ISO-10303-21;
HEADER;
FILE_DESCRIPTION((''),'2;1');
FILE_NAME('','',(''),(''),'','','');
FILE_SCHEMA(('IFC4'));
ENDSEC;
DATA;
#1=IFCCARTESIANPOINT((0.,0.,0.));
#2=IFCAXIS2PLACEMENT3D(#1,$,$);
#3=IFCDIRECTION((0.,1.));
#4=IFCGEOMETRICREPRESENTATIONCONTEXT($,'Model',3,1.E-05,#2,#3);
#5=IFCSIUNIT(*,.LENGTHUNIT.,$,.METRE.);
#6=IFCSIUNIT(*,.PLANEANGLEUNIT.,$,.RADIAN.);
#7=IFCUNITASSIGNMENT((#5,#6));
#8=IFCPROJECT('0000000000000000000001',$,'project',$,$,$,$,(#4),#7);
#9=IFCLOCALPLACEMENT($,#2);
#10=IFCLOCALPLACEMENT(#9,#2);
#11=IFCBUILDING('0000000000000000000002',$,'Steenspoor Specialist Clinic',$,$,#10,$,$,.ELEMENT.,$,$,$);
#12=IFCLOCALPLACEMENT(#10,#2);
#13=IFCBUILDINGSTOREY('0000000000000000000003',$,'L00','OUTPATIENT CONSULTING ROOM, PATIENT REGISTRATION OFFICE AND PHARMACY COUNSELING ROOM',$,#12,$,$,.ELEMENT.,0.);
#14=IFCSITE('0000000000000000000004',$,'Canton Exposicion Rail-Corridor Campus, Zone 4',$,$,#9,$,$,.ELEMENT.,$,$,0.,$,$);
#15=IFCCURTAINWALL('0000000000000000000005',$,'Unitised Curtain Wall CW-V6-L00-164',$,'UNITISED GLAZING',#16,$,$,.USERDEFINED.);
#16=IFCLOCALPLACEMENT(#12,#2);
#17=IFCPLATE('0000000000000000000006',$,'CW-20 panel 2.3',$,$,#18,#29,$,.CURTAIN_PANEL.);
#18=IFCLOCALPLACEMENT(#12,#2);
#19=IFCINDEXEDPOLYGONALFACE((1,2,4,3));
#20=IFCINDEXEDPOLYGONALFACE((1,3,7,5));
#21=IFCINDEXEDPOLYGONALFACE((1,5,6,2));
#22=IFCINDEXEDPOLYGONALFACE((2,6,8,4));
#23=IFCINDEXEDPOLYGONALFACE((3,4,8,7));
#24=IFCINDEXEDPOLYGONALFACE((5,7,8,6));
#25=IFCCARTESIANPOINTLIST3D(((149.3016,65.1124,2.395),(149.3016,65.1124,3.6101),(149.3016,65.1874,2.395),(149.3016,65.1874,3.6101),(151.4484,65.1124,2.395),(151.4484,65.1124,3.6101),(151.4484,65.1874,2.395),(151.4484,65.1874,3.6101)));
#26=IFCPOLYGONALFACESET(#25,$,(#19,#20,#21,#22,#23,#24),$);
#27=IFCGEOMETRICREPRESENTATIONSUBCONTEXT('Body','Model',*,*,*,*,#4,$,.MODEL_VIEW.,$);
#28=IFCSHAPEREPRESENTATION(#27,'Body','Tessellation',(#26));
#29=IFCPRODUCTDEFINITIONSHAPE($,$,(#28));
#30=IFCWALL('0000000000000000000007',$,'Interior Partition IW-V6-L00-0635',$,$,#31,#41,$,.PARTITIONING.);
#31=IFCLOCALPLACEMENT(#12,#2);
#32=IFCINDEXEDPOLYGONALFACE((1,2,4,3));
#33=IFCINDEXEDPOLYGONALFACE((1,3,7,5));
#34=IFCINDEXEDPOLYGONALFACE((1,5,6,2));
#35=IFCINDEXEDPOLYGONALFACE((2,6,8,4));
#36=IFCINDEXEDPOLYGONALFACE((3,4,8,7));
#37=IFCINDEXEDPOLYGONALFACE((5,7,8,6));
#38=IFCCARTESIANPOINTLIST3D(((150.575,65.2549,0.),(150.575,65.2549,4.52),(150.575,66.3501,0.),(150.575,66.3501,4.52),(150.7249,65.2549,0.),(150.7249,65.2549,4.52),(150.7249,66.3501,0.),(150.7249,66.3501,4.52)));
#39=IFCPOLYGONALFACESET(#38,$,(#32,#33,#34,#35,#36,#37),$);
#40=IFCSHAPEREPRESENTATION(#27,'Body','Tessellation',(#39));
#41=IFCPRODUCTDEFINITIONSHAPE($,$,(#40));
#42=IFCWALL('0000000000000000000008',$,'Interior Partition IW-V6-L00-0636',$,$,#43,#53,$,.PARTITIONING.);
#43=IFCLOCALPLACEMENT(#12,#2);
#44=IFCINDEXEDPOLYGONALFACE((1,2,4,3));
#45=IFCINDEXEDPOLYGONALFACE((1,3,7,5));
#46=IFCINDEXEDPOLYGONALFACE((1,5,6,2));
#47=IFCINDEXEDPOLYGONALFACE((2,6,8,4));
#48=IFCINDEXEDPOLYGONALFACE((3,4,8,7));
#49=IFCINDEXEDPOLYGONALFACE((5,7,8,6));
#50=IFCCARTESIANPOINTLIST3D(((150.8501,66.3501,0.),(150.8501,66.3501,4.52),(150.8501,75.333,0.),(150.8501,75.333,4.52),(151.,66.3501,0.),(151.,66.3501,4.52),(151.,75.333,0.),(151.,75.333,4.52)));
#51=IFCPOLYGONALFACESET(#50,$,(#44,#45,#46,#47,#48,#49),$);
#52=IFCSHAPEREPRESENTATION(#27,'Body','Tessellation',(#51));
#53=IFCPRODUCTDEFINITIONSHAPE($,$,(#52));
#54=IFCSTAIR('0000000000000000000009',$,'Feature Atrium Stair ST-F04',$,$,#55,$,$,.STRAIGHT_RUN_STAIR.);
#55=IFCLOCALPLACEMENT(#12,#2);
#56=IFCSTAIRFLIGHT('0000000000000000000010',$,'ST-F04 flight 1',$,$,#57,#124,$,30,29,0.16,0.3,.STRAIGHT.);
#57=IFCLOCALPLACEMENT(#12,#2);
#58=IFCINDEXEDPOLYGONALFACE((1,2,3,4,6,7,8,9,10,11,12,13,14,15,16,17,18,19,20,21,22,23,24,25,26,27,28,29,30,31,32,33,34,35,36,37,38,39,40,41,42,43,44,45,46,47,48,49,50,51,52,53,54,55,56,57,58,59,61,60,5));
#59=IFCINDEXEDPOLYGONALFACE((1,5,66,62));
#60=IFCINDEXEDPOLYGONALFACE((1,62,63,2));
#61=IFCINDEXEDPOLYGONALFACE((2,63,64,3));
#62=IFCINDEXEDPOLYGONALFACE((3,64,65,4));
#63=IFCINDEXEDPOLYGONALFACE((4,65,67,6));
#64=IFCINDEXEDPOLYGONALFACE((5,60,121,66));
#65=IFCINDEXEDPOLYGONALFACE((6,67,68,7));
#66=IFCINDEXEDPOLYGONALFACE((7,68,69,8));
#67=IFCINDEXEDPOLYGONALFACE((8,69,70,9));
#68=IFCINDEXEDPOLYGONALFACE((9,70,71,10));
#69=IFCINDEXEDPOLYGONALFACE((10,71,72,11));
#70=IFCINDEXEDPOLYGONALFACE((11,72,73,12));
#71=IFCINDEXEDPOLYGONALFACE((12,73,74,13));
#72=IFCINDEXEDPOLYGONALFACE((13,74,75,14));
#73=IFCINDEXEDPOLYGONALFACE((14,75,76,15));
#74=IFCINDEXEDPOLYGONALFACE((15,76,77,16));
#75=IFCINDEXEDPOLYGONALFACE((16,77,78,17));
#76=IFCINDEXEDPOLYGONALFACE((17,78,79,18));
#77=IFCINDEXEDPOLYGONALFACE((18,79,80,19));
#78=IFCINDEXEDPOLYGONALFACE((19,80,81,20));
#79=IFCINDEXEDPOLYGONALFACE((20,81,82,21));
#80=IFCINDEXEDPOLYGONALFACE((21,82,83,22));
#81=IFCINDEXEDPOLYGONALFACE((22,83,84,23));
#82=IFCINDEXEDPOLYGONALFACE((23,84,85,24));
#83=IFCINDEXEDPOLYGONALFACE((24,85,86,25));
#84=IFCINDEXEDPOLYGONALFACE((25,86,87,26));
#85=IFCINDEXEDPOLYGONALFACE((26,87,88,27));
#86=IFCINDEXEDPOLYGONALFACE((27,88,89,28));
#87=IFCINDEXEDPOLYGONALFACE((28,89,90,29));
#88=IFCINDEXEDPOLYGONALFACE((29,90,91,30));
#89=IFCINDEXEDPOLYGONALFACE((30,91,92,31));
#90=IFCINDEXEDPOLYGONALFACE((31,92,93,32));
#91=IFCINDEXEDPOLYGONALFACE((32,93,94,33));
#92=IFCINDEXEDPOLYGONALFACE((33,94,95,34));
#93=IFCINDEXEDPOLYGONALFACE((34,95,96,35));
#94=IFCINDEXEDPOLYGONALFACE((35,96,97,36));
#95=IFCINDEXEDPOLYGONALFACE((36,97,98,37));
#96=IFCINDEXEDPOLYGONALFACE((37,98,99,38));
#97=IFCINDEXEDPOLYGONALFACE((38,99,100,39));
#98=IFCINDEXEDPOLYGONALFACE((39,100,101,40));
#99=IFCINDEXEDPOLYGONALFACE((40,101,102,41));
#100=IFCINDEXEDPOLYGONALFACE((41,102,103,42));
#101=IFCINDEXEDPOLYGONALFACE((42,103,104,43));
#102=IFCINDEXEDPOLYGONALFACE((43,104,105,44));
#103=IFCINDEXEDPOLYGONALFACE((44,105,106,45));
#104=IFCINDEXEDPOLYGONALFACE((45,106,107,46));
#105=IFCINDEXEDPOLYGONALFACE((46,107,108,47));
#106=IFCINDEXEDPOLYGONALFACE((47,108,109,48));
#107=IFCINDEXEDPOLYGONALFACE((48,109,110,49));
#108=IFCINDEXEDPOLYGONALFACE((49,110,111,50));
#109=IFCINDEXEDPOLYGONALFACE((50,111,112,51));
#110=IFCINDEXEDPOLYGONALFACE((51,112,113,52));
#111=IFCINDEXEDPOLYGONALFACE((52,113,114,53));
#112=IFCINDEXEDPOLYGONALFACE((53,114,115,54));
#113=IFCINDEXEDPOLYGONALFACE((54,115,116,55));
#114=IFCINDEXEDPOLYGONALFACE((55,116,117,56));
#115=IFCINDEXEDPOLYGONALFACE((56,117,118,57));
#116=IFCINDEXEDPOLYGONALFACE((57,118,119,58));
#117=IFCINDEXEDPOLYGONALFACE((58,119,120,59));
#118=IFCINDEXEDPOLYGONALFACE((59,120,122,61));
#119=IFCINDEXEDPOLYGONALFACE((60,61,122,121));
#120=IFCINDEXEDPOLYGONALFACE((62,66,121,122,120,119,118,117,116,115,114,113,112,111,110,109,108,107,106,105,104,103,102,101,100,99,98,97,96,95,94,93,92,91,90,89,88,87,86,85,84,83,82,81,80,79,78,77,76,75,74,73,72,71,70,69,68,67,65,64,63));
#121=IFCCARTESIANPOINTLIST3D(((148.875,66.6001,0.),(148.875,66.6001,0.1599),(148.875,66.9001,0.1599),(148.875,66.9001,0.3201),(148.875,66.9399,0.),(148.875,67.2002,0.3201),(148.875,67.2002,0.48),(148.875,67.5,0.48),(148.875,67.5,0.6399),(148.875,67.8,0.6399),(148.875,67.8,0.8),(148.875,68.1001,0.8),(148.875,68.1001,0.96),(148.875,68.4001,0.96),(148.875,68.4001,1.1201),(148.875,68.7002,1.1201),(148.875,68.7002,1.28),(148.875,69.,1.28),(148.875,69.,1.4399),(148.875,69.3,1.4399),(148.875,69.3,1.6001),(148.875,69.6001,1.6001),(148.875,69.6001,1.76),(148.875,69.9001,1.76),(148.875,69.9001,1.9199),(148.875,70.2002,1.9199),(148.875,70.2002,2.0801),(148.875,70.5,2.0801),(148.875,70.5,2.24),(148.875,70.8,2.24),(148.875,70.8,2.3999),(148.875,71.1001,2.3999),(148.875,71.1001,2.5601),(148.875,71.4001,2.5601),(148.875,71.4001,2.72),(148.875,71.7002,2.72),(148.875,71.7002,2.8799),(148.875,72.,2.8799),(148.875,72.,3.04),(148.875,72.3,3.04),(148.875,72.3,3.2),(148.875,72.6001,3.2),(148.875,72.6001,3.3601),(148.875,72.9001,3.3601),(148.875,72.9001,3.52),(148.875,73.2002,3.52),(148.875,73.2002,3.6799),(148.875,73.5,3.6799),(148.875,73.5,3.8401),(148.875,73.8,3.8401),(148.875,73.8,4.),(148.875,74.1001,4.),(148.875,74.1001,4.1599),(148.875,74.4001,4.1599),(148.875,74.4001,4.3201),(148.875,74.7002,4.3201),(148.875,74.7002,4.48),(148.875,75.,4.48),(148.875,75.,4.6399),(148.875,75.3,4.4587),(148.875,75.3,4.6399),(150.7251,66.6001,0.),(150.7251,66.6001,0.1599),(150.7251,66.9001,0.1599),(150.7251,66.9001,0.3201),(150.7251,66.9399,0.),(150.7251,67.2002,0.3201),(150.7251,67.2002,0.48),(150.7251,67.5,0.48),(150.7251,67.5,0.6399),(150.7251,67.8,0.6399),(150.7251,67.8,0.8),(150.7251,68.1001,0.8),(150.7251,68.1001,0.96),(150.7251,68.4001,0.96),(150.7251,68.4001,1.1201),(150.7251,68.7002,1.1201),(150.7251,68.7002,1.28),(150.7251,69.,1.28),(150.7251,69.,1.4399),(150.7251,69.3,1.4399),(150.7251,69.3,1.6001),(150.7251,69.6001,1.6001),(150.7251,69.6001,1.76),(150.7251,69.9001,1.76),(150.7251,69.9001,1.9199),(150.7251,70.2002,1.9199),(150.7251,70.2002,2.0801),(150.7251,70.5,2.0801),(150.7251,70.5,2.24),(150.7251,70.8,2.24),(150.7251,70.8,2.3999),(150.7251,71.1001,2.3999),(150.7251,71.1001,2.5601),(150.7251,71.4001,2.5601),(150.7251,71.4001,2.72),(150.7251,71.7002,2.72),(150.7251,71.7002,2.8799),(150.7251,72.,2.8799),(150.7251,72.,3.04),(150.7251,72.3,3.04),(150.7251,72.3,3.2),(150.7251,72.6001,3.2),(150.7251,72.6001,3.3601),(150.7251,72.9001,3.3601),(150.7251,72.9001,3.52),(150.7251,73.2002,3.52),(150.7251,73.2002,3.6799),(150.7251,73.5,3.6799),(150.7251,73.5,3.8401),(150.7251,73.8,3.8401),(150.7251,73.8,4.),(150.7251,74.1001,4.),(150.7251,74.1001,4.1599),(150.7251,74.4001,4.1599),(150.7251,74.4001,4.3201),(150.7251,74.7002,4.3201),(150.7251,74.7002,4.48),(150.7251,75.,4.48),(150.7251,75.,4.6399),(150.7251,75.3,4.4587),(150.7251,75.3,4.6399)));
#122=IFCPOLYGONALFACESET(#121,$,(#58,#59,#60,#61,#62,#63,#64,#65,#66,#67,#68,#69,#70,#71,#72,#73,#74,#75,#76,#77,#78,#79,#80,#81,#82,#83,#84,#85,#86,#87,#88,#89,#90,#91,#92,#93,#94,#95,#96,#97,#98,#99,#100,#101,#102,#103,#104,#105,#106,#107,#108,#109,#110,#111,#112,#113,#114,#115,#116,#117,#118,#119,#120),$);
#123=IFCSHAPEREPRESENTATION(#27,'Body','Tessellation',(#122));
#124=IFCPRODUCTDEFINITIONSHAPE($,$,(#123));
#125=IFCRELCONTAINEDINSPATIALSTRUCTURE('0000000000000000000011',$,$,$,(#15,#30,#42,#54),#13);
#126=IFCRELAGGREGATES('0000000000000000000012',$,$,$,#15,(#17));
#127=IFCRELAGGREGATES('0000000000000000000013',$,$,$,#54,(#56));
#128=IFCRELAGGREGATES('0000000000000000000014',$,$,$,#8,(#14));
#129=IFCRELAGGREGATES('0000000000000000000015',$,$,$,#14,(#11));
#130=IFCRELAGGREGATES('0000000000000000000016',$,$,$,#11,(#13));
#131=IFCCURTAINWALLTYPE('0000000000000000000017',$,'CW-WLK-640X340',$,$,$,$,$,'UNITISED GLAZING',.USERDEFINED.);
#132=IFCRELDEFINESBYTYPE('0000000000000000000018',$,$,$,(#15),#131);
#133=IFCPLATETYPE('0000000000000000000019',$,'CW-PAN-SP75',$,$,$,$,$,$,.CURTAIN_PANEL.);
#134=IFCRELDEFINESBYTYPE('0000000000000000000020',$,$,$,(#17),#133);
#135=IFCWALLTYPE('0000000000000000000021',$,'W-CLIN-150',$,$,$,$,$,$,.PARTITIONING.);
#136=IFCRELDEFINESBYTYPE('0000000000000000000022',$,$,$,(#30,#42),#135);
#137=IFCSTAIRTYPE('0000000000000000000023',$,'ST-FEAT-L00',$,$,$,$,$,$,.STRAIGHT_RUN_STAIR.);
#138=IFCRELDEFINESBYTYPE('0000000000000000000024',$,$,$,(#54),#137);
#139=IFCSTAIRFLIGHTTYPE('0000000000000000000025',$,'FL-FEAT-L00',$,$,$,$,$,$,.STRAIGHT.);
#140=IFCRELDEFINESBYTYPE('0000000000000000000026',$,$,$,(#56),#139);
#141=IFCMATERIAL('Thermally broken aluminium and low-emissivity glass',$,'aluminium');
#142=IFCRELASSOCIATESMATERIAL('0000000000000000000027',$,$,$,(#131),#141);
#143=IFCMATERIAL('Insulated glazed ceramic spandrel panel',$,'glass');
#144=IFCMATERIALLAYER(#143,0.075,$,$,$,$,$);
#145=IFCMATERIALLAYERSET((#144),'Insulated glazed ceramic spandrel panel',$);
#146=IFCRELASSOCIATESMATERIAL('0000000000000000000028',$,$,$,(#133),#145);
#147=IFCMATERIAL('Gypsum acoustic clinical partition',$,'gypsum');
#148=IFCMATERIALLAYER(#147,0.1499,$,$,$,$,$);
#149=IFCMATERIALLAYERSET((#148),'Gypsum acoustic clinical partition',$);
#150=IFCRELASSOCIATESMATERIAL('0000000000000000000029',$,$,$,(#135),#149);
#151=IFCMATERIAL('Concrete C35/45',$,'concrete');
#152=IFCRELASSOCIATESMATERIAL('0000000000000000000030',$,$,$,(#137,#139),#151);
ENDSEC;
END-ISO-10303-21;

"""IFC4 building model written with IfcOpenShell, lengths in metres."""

from ifc_helpers import new_model, si_unit, direction, frame, frame_2d, origin, origin_2d, place, context, subcontext, project, spatial, polyline, rectangle, outline, extrude, material, layer, layer_set, type_object, element, aggregate, save


model = new_model("IFC4")

# Units and contexts
model_context = context("Model", 3, precision=1e-05, world=origin(), true_north=direction((0.0, 1.0)))
body_context = subcontext(model_context, "Body", "Model", "MODEL_VIEW")
ifc_project = project(units=[si_unit("LENGTHUNIT", "METRE"), si_unit("PLANEANGLEUNIT", "RADIAN")], contexts=[model_context])

# Site, building, storey
site_placement = place(None, origin())
site = spatial("IfcSite", under=ifc_project, at=site_placement, Name="Canton Exposicion Rail-Corridor Campus, Zone 4", CompositionType="ELEMENT", RefElevation=0.0)
building_placement = place(site_placement, origin())
building = spatial("IfcBuilding", under=site, at=building_placement, Name="Steenspoor Specialist Clinic", CompositionType="ELEMENT")
storey_placement = place(building_placement, origin())
storey = spatial("IfcBuildingStorey", under=building, at=storey_placement, Name="L00", Description="OUTPATIENT CONSULTING ROOM, PATIENT REGISTRATION OFFICE AND PHARMACY COUNSELING ROOM", CompositionType="ELEMENT", Elevation=0.0)

# Shared definitions
ifc_material_1 = material(Name="Concrete C35/45", Category="concrete")

# Curtain wall, plate
ifc_material_2 = material(Name="Thermally broken aluminium and low-emissivity glass", Category="aluminium")
curtain_wall_type = type_object("IfcCurtainWallType", Name="CW-WLK-640X340", ElementType="UNITISED GLAZING", PredefinedType="USERDEFINED", material=ifc_material_2)
curtain_wall_placement = place(storey_placement, origin())
curtain_wall = element("IfcCurtainWall", 1, at=curtain_wall_placement, inside=storey, type_object=curtain_wall_type, Name="Unitised Curtain Wall CW-V6-L00-164", ObjectType="UNITISED GLAZING", PredefinedType="USERDEFINED")
ifc_material_3 = material(Name="Insulated glazed ceramic spandrel panel", Category="glass")
ifc_layer_1 = layer(ifc_material_3, 0.075)
ifc_layer_set_1 = layer_set([ifc_layer_1], Name="Insulated glazed ceramic spandrel panel")
plate_type = type_object("IfcPlateType", Name="CW-PAN-SP75", PredefinedType="CURTAIN_PANEL", material=ifc_layer_set_1)
plate_1_placement = place(storey_placement, frame((150.375, 65.1499, 2.395), z_axis=(0.0, 0.0, 1.0), x_axis=(-1.0, 0.0, 0.0)))
plate_1 = element("IfcPlate", 2, at=plate_1_placement, type_object=plate_type, Name="CW-20 panel 2.3", PredefinedType="CURTAIN_PANEL", context=body_context, shape_type="SweptSolid", body=[
    extrude(rectangle(XDim=2.1467, YDim=0.075, at=origin_2d()), origin(), (0.0, 0.0, 1.0), 1.2151),
])
aggregate(curtain_wall, [plate_1])

# Walls
ifc_material_4 = material(Name="Gypsum acoustic clinical partition", Category="gypsum")
ifc_layer_2 = layer(ifc_material_4, 0.1499)
ifc_layer_set_2 = layer_set([ifc_layer_2], Name="Gypsum acoustic clinical partition")
wall_type = type_object("IfcWallType", Name="W-CLIN-150", PredefinedType="PARTITIONING", material=ifc_layer_set_2)
wall_1_placement = place(storey_placement, frame((150.6499, 65.2549, 0.0), z_axis=(0.0, 0.0, 1.0), x_axis=(0.0, 1.0, 0.0)))
element("IfcWall", 3, at=wall_1_placement, inside=storey, type_object=wall_type, Name="Interior Partition IW-V6-L00-0635", PredefinedType="PARTITIONING", context=body_context, shape_type="SweptSolid", body=[
    extrude(rectangle(XDim=1.0952, YDim=0.1499, at=frame_2d((0.5476, 0.0))), origin(), (0.0, 0.0, 1.0), 4.52),
])
wall_2_placement = place(storey_placement, frame((150.925, 66.3501, 0.0), z_axis=(0.0, 0.0, 1.0), x_axis=(0.0, 1.0, 0.0)))
element("IfcWall", 4, at=wall_2_placement, inside=storey, type_object=wall_type, Name="Interior Partition IW-V6-L00-0636", PredefinedType="PARTITIONING", context=body_context, shape_type="SweptSolid", body=[
    extrude(rectangle(XDim=8.9829, YDim=0.1499, at=frame_2d((4.4915, 0.0))), origin(), (0.0, 0.0, 1.0), 4.52),
])

# Stair, stair flight
stair_type = type_object("IfcStairType", Name="ST-FEAT-L00", PredefinedType="STRAIGHT_RUN_STAIR", material=ifc_material_1)
stair_placement = place(storey_placement, origin())
stair = element("IfcStair", 5, at=stair_placement, inside=storey, type_object=stair_type, Name="Feature Atrium Stair ST-F04", PredefinedType="STRAIGHT_RUN_STAIR")
stair_flight_type = type_object("IfcStairFlightType", Name="FL-FEAT-L00", PredefinedType="STRAIGHT", material=ifc_material_1)
stair_flight_placement = place(storey_placement, frame((149.8, 66.6001, 0.0), z_axis=(0.0, 0.0, 1.0), x_axis=(0.0, 1.0, 0.0)))
stair_flight = element("IfcStairFlight", 6, at=stair_flight_placement, type_object=stair_flight_type, Name="ST-F04 flight 1", NumberOfRisers=30, NumberOfTreads=29, PredefinedType="STRAIGHT", RiserHeight=0.16, TreadLength=0.3, context=body_context, shape_type="SweptSolid", body=[
    extrude(outline(polyline([(0.0, 0.0), (0.0, 0.1599), (0.3, 0.1599), (0.3, 0.3201), (0.6001, 0.3201), (0.6001, 0.48), (0.8999, 0.48), (0.8999, 0.6399), (1.2, 0.6399), (1.2, 0.8), (1.5, 0.8), (1.5, 0.96), (1.8, 0.96), (1.8, 1.1201), (2.1001, 1.1201), (2.1001, 1.28), (2.3999, 1.28), (2.3999, 1.4399), (2.7, 1.4399), (2.7, 1.6001), (3.0, 1.6001), (3.0, 1.76), (3.3, 1.76), (3.3, 1.9199), (3.6001, 1.9199), (3.6001, 2.0801), (3.8999, 2.0801), (3.8999, 2.24), (4.2, 2.24), (4.2, 2.3999), (4.5, 2.3999), (4.5, 2.5601), (4.8, 2.5601), (4.8, 2.72), (5.1001, 2.72), (5.1001, 2.8799), (5.3999, 2.8799), (5.3999, 3.04), (5.7, 3.04), (5.7, 3.2), (6.0, 3.2), (6.0, 3.3601), (6.3, 3.3601), (6.3, 3.52), (6.6001, 3.52), (6.6001, 3.6799), (6.8999, 3.6799), (6.8999, 3.8401), (7.2, 3.8401), (7.2, 4.0), (7.5, 4.0), (7.5, 4.1599), (7.8, 4.1599), (7.8, 4.3201), (8.1001, 4.3201), (8.1001, 4.48), (8.3999, 4.48), (8.3999, 4.6399), (8.7, 4.6399), (8.7, 4.8), (8.7, 4.4587), (0.3398, 0.0), (0.0, 0.0)])), frame((0.0, 0.925, 0.0), z_axis=(0.0, -1.0, 0.0), x_axis=(1.0, 0.0, 0.0)), (0.0, 0.0, 1.0), 1.8501),
])
aggregate(stair, [stair_flight])

save(model, "model.ifc")
